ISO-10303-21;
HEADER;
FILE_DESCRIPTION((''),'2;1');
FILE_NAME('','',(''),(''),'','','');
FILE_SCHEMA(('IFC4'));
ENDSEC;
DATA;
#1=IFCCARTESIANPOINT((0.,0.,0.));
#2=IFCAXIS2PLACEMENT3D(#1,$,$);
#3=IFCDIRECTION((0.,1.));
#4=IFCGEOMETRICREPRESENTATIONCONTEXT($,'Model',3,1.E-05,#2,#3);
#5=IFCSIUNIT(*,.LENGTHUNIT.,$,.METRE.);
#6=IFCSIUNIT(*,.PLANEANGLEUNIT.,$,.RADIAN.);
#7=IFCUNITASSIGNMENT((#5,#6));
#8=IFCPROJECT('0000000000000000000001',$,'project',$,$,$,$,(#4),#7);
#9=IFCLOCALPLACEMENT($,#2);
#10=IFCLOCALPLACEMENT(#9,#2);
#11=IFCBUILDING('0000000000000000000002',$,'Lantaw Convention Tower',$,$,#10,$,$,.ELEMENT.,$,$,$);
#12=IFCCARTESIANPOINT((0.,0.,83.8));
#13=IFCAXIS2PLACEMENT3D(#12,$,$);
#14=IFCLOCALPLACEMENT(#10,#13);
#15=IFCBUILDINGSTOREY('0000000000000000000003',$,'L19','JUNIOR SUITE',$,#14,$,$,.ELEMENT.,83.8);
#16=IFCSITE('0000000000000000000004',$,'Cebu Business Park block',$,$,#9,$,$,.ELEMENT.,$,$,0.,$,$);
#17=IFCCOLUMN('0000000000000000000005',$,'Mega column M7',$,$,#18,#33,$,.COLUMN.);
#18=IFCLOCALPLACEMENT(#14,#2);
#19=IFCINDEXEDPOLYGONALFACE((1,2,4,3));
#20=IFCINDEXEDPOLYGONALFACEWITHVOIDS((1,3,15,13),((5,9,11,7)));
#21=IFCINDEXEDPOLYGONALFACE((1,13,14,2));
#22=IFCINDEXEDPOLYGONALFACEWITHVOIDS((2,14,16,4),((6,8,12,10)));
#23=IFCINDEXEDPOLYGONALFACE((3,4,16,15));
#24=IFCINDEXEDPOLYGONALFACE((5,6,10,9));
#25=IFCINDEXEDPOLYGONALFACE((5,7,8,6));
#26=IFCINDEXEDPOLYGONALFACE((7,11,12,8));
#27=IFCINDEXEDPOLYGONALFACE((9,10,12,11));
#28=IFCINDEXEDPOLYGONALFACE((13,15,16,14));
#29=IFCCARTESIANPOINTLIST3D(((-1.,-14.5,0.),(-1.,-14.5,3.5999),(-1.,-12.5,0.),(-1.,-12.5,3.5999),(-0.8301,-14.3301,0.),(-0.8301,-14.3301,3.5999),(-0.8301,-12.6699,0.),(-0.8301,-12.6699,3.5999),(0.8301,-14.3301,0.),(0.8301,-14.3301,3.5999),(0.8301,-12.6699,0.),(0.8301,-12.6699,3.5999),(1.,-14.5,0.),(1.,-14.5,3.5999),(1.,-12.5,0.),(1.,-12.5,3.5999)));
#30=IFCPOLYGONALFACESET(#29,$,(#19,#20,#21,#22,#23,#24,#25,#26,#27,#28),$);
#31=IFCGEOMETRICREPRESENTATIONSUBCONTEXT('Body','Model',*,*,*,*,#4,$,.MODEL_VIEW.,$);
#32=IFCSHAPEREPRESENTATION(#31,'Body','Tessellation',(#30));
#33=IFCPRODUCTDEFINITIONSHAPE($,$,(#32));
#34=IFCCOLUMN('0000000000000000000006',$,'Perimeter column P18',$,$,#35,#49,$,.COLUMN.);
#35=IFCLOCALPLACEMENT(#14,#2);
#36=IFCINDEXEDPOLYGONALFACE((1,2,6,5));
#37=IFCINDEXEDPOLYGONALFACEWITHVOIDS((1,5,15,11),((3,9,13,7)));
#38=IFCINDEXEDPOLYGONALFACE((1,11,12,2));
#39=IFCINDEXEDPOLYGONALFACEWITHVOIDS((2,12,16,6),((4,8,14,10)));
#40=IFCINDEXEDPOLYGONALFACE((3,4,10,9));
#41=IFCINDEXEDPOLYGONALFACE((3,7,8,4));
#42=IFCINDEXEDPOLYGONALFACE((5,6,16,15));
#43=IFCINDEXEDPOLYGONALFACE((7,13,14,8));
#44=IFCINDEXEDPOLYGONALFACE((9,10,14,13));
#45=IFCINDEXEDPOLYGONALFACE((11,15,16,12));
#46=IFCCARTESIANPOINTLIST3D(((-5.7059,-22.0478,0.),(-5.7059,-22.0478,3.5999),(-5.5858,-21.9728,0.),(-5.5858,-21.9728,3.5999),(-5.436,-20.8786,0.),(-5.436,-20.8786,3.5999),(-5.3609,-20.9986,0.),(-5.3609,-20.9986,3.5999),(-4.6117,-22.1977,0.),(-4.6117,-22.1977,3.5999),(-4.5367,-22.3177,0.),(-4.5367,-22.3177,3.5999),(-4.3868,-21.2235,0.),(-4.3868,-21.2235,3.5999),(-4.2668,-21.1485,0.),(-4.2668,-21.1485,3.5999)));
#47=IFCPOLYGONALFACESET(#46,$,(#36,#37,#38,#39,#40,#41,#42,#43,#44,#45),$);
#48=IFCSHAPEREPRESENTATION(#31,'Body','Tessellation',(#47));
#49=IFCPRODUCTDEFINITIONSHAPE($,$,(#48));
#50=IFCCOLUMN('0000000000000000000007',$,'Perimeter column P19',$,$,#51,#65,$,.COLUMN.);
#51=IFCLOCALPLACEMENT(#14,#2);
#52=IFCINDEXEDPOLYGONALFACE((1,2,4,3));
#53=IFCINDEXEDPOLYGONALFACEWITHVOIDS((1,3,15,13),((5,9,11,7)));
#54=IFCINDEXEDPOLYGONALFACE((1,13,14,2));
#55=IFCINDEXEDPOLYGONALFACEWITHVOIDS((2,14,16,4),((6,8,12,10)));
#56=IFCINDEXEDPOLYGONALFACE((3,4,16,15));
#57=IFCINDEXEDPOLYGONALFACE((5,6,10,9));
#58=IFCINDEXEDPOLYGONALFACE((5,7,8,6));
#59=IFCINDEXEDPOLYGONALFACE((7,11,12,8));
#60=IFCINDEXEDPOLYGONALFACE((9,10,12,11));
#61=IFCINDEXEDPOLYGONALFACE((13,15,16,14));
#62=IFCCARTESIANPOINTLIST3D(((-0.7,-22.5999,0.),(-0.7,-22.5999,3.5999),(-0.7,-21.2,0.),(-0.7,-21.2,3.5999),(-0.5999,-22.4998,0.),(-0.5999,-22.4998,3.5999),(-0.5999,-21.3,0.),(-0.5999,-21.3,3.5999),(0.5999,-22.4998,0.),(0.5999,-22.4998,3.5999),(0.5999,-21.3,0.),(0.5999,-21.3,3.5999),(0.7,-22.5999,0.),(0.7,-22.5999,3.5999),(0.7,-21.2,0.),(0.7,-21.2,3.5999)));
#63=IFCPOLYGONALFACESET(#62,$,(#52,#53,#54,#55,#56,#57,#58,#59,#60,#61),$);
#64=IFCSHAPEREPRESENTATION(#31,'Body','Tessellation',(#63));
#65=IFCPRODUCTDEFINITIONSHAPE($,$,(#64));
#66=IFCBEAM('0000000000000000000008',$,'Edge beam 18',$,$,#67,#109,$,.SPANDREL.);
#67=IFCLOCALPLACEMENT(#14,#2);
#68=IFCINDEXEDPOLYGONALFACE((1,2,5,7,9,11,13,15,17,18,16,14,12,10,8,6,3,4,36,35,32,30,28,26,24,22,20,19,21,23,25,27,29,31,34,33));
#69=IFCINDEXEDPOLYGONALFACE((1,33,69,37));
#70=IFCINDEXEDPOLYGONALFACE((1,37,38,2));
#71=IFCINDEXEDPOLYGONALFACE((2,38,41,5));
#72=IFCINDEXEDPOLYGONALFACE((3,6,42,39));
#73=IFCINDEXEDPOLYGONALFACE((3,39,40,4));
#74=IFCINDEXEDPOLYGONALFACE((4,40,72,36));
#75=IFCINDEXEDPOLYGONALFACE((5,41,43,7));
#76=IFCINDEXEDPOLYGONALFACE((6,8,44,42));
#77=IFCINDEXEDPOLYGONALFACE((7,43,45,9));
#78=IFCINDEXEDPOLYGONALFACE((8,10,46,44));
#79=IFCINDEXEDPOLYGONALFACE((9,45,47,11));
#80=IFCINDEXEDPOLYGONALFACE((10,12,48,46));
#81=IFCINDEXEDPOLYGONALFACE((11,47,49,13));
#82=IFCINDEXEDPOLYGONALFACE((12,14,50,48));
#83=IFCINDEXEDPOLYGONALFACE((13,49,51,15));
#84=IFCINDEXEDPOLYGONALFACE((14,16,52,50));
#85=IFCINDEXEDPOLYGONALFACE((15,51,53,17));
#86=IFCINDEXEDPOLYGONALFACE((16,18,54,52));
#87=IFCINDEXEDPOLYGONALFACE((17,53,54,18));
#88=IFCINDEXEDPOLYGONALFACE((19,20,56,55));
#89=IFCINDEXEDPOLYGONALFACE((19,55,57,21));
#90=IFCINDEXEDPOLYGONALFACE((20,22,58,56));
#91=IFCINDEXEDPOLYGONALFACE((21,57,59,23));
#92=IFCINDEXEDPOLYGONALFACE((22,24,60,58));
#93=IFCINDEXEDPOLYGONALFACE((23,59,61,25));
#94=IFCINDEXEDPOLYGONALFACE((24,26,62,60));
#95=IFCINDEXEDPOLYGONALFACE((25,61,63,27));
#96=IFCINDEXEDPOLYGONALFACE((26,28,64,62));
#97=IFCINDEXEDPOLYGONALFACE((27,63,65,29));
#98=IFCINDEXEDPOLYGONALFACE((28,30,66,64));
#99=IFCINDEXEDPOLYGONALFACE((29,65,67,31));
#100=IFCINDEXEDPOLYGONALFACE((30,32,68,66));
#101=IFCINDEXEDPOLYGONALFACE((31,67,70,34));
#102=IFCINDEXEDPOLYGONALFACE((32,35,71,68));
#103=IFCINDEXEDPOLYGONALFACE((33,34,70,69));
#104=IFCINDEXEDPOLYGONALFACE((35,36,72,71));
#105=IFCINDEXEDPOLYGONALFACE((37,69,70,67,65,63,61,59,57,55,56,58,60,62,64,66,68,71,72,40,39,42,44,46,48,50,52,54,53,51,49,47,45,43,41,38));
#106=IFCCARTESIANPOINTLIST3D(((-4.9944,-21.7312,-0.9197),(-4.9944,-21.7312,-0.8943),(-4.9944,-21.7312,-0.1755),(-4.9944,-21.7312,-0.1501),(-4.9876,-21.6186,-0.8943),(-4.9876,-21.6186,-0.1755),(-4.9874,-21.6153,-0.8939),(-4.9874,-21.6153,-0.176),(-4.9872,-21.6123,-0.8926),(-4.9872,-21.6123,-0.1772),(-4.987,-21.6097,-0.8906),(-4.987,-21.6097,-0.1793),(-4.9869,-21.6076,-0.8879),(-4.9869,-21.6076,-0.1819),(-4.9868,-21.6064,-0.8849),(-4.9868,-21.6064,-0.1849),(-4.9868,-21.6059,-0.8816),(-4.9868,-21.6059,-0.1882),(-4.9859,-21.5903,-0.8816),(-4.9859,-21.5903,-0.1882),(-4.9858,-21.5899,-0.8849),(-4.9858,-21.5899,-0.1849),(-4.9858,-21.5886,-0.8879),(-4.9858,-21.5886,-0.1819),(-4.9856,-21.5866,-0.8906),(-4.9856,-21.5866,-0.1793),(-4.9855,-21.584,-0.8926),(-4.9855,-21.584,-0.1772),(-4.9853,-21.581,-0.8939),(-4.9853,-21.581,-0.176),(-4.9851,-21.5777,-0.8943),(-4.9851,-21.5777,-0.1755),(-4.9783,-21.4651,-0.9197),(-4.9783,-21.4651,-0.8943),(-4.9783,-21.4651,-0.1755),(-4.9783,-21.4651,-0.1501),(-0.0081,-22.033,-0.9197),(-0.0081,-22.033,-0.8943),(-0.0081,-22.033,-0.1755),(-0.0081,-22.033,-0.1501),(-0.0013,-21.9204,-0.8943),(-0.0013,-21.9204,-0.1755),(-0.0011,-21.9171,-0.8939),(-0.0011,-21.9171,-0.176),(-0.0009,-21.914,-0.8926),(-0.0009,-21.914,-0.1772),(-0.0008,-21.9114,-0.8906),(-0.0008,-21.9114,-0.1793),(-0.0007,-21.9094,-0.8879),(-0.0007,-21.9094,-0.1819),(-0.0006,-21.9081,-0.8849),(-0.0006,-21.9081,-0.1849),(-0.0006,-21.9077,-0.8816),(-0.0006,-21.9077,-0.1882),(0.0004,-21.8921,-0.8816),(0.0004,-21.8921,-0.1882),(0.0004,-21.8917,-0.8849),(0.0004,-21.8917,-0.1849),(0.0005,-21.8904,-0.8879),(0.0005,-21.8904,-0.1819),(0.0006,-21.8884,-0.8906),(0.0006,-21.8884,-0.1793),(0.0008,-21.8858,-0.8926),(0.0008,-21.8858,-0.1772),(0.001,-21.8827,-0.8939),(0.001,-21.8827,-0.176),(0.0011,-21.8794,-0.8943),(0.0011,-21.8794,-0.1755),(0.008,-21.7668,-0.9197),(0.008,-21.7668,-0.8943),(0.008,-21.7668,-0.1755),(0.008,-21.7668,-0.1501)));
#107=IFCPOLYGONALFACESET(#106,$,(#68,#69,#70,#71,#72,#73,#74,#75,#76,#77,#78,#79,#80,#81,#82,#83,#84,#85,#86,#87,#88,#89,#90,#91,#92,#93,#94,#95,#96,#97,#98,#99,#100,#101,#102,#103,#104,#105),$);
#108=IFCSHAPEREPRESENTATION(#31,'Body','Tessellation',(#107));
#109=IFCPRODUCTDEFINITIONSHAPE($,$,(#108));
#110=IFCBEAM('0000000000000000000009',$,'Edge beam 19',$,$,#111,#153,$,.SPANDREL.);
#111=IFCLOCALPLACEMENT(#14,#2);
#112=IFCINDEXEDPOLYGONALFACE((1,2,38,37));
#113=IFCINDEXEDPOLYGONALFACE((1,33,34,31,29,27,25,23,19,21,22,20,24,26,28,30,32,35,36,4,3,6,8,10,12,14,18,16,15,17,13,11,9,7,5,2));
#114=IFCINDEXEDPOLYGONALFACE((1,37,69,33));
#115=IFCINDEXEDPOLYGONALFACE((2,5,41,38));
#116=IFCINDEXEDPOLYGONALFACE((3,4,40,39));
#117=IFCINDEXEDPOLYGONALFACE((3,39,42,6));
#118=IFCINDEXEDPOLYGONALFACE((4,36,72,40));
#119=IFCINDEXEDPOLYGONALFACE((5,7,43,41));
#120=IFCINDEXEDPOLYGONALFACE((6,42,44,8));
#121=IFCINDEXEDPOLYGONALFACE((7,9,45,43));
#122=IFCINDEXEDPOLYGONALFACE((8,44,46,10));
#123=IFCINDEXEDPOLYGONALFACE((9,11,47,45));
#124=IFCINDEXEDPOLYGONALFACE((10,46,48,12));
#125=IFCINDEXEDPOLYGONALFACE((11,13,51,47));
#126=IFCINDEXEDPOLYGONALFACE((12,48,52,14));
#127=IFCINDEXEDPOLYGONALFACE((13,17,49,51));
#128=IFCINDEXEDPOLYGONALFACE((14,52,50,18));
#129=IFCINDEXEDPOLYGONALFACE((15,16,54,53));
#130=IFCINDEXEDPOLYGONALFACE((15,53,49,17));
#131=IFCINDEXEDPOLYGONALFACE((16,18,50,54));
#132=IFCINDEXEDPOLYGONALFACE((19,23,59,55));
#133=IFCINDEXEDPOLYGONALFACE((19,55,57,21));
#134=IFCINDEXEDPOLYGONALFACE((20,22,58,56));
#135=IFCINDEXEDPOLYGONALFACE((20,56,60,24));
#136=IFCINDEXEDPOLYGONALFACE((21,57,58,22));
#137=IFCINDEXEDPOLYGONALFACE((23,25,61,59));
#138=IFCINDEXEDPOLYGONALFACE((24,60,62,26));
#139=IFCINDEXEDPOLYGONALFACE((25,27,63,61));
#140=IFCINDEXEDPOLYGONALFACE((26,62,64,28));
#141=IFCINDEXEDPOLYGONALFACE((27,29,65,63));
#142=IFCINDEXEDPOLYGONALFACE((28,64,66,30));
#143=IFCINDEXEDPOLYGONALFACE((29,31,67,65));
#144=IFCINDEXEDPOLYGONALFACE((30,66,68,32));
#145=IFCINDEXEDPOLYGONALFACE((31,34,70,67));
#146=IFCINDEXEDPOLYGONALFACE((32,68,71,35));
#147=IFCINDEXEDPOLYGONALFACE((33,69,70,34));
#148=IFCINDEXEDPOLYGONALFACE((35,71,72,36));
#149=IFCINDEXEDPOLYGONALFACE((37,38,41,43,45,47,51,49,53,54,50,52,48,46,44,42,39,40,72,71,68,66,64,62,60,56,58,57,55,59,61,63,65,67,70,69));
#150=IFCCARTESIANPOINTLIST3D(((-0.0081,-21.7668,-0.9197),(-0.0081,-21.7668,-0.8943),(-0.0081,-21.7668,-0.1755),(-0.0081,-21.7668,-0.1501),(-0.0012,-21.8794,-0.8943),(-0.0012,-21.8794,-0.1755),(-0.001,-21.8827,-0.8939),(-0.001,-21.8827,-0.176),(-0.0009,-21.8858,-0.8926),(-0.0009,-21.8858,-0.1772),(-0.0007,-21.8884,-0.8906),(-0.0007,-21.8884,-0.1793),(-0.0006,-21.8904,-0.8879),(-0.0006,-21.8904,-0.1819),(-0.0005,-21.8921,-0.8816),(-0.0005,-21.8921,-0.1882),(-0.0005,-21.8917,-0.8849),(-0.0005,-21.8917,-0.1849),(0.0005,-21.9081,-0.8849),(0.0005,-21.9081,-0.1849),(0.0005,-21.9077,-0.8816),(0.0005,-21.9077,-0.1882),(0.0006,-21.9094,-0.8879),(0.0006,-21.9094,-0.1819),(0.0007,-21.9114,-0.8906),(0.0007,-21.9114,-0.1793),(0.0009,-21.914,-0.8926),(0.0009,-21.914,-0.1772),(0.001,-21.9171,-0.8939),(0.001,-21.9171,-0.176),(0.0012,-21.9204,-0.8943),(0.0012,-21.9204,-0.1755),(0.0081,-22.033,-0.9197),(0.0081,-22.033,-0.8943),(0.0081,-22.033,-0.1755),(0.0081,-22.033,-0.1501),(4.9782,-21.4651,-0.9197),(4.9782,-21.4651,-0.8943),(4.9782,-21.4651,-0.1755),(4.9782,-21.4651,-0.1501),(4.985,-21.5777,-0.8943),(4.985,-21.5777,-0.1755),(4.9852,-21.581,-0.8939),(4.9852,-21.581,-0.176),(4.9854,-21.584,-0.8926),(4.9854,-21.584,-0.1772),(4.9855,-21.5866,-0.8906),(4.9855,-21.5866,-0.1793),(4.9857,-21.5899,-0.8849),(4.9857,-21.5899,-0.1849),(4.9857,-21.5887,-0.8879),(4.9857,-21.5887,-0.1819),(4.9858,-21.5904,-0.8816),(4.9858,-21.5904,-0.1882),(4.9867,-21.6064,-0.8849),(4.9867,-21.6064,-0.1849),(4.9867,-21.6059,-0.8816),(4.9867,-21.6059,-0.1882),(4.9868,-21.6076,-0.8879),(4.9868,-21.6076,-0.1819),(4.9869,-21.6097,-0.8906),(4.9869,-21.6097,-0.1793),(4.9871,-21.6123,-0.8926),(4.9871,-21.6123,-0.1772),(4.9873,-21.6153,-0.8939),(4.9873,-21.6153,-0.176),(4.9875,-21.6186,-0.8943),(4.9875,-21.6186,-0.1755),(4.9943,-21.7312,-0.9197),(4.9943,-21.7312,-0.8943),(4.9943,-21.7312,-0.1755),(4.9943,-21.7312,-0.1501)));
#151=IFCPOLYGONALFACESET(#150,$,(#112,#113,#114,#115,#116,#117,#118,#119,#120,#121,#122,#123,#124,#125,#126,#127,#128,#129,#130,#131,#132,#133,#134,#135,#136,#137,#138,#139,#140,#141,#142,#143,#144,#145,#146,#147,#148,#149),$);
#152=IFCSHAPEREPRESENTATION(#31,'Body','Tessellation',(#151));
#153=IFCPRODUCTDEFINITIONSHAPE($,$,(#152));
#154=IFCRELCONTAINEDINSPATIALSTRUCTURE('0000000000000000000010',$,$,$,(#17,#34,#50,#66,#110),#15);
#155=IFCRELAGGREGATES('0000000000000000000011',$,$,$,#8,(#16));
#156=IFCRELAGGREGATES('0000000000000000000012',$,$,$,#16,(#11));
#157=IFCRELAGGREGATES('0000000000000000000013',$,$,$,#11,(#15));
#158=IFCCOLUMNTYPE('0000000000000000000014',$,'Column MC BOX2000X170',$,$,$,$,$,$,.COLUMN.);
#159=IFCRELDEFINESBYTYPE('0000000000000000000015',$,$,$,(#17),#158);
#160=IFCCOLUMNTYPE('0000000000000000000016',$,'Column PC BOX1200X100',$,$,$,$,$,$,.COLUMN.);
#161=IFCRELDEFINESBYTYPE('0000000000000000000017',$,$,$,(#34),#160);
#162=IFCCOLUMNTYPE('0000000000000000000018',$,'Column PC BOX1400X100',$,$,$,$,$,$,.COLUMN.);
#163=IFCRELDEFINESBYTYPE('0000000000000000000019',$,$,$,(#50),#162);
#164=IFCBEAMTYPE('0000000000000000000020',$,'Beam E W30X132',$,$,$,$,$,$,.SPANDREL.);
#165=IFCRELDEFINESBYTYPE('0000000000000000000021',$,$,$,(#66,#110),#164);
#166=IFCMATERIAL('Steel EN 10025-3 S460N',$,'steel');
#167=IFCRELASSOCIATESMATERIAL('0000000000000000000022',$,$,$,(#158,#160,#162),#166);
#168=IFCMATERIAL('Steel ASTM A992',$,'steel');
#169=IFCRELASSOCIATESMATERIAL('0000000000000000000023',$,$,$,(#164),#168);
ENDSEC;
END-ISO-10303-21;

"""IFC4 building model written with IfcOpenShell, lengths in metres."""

from ifc_helpers import new_model, si_unit, direction, frame, origin, origin_2d, place, context, subcontext, project, spatial, rectangle, hollow_rectangle, i_section, extrude, material, material_profile, profile_set, type_object, element, save


model = new_model("IFC4")

# Units and contexts
model_context = context("Model", 3, precision=1e-05, world=origin(), true_north=direction((0.0, 1.0)))
body_context = subcontext(model_context, "Body", "Model", "MODEL_VIEW")
ifc_project = project(units=[si_unit("LENGTHUNIT", "METRE"), si_unit("PLANEANGLEUNIT", "RADIAN")], contexts=[model_context])

# Site, building, storey
site_placement = place(None, origin())
site = spatial("IfcSite", under=ifc_project, at=site_placement, Name="Cebu Business Park block", CompositionType="ELEMENT", RefElevation=0.0)
building_placement = place(site_placement, origin())
building = spatial("IfcBuilding", under=site, at=building_placement, Name="Lantaw Convention Tower", CompositionType="ELEMENT")
storey_placement = place(building_placement, frame((0.0, 0.0, 83.8)))
storey = spatial("IfcBuildingStorey", under=building, at=storey_placement, Name="L19", Description="JUNIOR SUITE", CompositionType="ELEMENT", Elevation=83.8)

# Columns
ifc_material_1 = material(Name="Steel EN 10025-3 S460N", Category="steel")
ifc_material_profile_1 = material_profile(ifc_material_1, hollow_rectangle(XDim=2.0, YDim=2.0, WallThickness=0.1699, at=origin_2d()), Name="BOX2000X170")
ifc_material_2 = material(Name="Concrete C60/75", Category="concrete")
ifc_material_profile_2 = material_profile(ifc_material_2, rectangle(XDim=1.6599, YDim=1.6599, at=origin_2d()), Name="Concrete fill of BOX2000X170")
ifc_profile_set_1 = profile_set([ifc_material_profile_1, ifc_material_profile_2], Name="Steel EN 10025-3 S460N")
column_type_1 = type_object("IfcColumnType", Name="Column MC BOX2000X170", PredefinedType="COLUMN", material=ifc_profile_set_1)
column_1_placement = place(storey_placement, frame((0.0, -13.5, 0.0), z_axis=(0.0, 0.0, 1.0), x_axis=(1.0, 0.0, 0.0)))
element("IfcColumn", 1, at=column_1_placement, inside=storey, type_object=column_type_1, Name="Mega column M7", PredefinedType="COLUMN", context=body_context, shape_type="SweptSolid", body=[
    extrude(hollow_rectangle(XDim=2.0, YDim=2.0, WallThickness=0.1699, at=origin_2d()), origin(), (0.0, 0.0, 1.0), 3.5999),
])
ifc_material_profile_3 = material_profile(ifc_material_1, hollow_rectangle(XDim=1.2, YDim=1.2, WallThickness=0.1001, at=origin_2d()), Name="BOX1200X100")
ifc_material_profile_4 = material_profile(ifc_material_2, rectangle(XDim=1.0, YDim=1.0, at=origin_2d()), Name="Concrete fill of BOX1200X100")
ifc_profile_set_2 = profile_set([ifc_material_profile_3, ifc_material_profile_4], Name="Steel EN 10025-3 S460N")
column_type_2 = type_object("IfcColumnType", Name="Column PC BOX1200X100", PredefinedType="COLUMN", material=ifc_profile_set_2)
column_2_placement = place(storey_placement, frame((-4.9863, -21.5981, 0.0), z_axis=(0.0, 0.0, 1.0), x_axis=(0.224951, 0.97437, 0.0)))
element("IfcColumn", 2, at=column_2_placement, inside=storey, type_object=column_type_2, Name="Perimeter column P18", PredefinedType="COLUMN", context=body_context, shape_type="SweptSolid", body=[
    extrude(hollow_rectangle(XDim=1.2, YDim=1.2, WallThickness=0.1001, at=origin_2d()), origin(), (0.0, 0.0, 1.0), 3.5999),
])
ifc_material_profile_5 = material_profile(ifc_material_1, hollow_rectangle(XDim=1.3999, YDim=1.3999, WallThickness=0.1001, at=origin_2d()), Name="BOX1400X100")
ifc_material_profile_6 = material_profile(ifc_material_2, rectangle(XDim=1.2, YDim=1.2, at=origin_2d()), Name="Concrete fill of BOX1400X100")
ifc_profile_set_3 = profile_set([ifc_material_profile_5, ifc_material_profile_6], Name="Steel EN 10025-3 S460N")
column_type_3 = type_object("IfcColumnType", Name="Column PC BOX1400X100", PredefinedType="COLUMN", material=ifc_profile_set_3)
column_3_placement = place(storey_placement, frame((0.0, -21.8999, 0.0), z_axis=(0.0, 0.0, 1.0), x_axis=(1.0, 0.0, 0.0)))
element("IfcColumn", 3, at=column_3_placement, inside=storey, type_object=column_type_3, Name="Perimeter column P19", PredefinedType="COLUMN", context=body_context, shape_type="SweptSolid", body=[
    extrude(hollow_rectangle(XDim=1.3999, YDim=1.3999, WallThickness=0.1001, at=origin_2d()), origin(), (0.0, 0.0, 1.0), 3.5999),
])

# Beams
ifc_material_3 = material(Name="Steel ASTM A992", Category="steel")
ifc_material_profile_7 = material_profile(ifc_material_3, i_section(OverallWidth=0.2666, OverallDepth=0.7695, WebThickness=0.0156, FlangeThickness=0.0254, FilletRadius=0.0127, at=origin_2d()), Name="W30X132")
ifc_profile_set_4 = profile_set([ifc_material_profile_7], Name="Steel ASTM A992")
beam_type_1 = type_object("IfcBeamType", Name="Beam E W30X132", PredefinedType="SPANDREL", material=ifc_profile_set_4)
for number, where, z_axis, x_axis, name in (
    (4, (-4.9863, -21.5981, -0.5349), (0.998174, -0.060407, 0.0), (0.060407, 0.998174, 0.0), "Edge beam 18"),
    (5, (0.0, -21.8999, -0.5349), (0.998174, 0.060407, 0.0), (-0.060407, 0.998174, 0.0), "Edge beam 19"),
):
    element("IfcBeam", number, at=place(storey_placement, frame(where, z_axis=z_axis, x_axis=x_axis)), inside=storey, type_object=beam_type_1, Name=name, PredefinedType="SPANDREL", context=body_context, shape_type="SweptSolid", body=[
        extrude(i_section(OverallWidth=0.2666, OverallDepth=0.7695, WebThickness=0.0156, FlangeThickness=0.0254, FilletRadius=0.0127, at=origin_2d()), origin(), (0.0, 0.0, 1.0), 4.9954),
    ])

save(model, "model.ifc")
